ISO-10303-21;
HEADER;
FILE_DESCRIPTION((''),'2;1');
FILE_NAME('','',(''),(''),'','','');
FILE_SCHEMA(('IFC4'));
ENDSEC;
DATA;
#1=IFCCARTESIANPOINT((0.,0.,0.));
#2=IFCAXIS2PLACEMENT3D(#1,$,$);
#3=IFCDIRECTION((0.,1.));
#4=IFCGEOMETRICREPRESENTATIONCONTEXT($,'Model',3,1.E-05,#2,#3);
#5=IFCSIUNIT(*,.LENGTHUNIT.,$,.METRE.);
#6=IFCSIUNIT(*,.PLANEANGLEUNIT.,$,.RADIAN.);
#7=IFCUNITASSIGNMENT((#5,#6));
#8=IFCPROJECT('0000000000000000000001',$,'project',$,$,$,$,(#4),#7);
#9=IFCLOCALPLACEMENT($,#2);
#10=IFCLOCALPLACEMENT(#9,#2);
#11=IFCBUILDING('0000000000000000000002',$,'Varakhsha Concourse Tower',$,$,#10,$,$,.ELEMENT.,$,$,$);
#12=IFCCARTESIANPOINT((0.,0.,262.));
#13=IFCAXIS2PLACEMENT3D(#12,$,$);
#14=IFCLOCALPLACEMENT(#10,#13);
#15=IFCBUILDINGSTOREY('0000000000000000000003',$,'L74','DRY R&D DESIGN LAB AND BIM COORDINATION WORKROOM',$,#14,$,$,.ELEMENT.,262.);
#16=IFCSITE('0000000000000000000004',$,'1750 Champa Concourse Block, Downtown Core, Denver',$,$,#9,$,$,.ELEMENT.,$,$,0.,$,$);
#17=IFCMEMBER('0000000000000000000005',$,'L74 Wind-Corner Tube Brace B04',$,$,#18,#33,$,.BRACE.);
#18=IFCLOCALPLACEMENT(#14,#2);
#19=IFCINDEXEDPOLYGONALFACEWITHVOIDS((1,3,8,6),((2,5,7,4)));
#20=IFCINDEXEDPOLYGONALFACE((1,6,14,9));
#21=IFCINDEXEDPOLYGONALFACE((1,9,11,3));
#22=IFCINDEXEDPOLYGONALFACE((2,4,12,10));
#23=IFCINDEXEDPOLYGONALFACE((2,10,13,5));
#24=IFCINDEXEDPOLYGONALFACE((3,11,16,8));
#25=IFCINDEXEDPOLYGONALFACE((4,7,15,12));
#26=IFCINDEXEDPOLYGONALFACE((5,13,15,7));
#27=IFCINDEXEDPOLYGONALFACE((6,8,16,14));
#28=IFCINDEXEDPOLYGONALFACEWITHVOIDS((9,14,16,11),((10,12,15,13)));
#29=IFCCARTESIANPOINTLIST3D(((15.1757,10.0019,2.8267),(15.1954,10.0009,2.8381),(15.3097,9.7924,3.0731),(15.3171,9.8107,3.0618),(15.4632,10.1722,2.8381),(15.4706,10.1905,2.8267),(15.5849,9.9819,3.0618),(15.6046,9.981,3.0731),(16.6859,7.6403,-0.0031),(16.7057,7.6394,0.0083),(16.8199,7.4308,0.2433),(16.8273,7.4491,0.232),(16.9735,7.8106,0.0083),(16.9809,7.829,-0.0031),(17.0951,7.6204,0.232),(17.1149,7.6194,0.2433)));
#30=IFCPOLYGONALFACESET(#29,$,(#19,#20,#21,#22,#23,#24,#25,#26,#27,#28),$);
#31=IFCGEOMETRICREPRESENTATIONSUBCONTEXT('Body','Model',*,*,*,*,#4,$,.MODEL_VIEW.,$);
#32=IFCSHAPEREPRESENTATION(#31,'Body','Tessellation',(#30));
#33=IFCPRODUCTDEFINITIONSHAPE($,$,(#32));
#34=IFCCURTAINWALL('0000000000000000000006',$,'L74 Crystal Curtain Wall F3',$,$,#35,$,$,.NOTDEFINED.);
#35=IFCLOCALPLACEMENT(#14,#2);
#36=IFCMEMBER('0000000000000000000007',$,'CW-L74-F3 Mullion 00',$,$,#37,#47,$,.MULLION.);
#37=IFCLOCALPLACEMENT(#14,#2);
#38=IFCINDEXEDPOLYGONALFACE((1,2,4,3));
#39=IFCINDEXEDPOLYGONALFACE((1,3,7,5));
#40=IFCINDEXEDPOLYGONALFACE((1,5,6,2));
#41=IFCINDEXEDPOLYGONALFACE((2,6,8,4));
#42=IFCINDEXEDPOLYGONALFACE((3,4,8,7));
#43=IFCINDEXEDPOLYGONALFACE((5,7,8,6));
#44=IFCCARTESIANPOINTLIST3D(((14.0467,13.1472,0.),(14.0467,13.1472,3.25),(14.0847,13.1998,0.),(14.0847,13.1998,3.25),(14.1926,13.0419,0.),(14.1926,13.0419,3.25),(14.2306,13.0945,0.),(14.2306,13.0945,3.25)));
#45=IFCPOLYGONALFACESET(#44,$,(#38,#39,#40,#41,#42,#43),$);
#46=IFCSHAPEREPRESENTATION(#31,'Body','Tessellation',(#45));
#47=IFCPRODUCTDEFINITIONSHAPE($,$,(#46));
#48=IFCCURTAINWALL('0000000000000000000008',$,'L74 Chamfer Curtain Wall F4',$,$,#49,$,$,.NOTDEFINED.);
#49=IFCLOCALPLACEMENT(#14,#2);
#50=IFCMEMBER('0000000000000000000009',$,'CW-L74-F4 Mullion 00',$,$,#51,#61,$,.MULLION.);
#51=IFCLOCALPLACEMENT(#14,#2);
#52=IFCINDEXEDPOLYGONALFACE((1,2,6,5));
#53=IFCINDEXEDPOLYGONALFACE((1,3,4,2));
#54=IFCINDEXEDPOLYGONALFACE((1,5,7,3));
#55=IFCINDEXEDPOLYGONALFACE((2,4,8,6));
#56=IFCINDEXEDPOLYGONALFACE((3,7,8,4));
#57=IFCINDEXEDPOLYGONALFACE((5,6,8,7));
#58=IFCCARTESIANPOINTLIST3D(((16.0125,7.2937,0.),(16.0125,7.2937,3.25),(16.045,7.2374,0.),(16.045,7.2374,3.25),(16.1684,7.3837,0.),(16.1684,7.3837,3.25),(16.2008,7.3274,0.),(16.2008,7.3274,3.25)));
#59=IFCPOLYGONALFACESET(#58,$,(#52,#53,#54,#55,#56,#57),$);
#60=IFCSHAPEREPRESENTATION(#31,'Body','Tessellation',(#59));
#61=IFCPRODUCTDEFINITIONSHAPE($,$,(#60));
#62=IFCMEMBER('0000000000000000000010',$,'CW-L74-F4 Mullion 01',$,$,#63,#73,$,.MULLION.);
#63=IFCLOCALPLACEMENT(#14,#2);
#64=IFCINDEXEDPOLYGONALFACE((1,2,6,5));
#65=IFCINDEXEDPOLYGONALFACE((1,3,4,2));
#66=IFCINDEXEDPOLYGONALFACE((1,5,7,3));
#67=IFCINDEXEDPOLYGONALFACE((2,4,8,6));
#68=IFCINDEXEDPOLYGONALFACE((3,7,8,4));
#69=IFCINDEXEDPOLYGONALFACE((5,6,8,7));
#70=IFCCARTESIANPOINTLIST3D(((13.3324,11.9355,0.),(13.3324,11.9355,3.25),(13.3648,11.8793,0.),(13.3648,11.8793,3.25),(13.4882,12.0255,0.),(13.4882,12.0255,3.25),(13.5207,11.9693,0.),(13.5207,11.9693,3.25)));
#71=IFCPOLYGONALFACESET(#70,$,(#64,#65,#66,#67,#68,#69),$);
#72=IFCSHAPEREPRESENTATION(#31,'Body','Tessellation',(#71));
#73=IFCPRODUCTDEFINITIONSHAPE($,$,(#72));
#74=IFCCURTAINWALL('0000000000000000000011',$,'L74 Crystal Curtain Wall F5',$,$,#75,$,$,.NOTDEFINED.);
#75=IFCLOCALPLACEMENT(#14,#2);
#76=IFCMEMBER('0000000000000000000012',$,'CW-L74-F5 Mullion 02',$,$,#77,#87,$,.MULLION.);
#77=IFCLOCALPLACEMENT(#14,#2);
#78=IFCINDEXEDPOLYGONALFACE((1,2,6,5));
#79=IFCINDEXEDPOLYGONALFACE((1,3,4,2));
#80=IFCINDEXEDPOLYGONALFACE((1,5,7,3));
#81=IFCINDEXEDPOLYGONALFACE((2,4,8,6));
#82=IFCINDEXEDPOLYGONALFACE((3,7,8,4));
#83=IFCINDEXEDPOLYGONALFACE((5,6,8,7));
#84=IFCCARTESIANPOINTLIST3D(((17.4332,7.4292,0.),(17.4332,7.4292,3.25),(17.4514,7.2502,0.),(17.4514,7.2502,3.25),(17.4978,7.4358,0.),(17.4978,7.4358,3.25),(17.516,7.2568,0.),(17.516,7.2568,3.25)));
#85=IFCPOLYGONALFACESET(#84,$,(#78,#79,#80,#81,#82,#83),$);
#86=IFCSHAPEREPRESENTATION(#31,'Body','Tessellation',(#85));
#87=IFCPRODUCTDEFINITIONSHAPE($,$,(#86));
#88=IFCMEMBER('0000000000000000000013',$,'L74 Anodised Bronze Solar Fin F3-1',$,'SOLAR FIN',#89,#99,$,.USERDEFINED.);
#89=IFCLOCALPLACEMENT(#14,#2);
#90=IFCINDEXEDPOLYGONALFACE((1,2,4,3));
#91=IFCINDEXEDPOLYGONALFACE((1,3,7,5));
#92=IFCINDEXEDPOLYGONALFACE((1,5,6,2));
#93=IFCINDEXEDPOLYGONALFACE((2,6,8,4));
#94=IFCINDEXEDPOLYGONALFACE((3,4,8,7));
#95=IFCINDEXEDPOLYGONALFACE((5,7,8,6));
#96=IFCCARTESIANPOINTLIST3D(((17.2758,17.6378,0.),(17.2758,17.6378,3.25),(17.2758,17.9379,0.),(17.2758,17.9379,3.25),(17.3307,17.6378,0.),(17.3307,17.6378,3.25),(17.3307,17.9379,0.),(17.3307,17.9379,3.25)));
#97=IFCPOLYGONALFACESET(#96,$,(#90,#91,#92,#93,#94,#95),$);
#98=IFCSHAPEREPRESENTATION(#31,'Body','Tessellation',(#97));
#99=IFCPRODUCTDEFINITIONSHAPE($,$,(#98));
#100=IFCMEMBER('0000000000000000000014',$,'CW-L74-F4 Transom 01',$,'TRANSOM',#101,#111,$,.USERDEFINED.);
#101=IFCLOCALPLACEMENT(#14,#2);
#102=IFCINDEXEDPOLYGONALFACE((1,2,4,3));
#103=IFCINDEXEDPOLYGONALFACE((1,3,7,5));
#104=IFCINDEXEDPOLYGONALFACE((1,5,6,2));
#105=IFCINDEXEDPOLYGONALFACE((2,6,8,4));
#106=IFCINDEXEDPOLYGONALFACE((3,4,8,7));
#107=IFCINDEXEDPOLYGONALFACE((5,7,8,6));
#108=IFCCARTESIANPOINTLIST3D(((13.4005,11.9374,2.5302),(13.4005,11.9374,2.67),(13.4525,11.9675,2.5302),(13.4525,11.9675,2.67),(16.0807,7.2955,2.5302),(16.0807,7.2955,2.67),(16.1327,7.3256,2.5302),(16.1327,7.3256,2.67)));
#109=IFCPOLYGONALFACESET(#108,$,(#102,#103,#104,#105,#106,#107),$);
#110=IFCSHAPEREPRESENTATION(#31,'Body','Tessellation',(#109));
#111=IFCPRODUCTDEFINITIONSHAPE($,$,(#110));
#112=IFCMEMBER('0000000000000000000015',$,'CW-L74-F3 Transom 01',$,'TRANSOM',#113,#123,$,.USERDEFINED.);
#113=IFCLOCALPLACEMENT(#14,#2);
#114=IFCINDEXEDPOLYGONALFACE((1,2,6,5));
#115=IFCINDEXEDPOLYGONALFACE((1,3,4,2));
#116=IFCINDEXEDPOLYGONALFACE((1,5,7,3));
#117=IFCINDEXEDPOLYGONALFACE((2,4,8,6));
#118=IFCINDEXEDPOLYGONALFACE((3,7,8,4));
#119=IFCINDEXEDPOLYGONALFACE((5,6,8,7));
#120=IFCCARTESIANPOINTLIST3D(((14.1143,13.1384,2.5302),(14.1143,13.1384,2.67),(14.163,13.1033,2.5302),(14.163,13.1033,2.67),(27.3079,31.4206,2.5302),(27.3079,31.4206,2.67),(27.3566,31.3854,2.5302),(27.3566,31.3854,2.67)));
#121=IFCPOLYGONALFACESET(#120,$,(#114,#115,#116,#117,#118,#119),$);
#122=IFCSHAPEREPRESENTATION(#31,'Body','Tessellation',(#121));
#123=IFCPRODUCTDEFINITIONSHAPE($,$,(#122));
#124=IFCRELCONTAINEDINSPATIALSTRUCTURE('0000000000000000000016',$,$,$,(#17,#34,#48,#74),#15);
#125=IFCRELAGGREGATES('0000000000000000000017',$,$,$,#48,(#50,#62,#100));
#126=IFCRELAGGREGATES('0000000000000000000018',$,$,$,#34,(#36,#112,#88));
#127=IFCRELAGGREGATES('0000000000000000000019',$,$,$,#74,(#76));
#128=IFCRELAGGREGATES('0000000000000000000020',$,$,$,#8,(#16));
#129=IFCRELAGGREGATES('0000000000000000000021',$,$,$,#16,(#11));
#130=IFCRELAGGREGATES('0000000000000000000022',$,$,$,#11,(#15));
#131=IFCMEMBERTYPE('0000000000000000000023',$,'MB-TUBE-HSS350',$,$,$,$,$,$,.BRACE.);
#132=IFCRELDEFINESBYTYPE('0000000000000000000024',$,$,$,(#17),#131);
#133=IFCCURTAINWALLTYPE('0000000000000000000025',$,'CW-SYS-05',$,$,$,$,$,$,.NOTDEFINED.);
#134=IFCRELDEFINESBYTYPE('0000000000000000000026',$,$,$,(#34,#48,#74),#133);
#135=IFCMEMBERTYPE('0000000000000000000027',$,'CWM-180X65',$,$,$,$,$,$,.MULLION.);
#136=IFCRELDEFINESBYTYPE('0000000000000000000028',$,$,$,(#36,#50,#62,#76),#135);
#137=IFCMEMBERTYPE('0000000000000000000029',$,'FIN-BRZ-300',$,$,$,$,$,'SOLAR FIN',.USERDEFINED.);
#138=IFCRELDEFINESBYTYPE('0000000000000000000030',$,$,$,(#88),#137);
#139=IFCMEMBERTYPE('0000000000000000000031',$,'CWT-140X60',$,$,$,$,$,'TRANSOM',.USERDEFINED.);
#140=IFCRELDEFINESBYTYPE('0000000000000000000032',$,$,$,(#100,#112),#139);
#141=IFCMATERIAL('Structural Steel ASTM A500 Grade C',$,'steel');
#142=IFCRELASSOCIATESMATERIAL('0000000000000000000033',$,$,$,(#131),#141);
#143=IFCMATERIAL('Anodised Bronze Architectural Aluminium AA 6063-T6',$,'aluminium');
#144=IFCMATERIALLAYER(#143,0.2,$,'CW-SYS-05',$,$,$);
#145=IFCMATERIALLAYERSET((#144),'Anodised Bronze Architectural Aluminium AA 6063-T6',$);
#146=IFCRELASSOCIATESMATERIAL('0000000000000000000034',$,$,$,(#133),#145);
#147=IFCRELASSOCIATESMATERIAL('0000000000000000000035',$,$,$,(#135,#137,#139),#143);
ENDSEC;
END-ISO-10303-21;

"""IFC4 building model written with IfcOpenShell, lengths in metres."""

from ifc_helpers import new_model, si_unit, direction, frame, origin, origin_2d, place, context, subcontext, project, spatial, rectangle, hollow_rectangle, extrude, source, transform, mapped, material, layer, layer_set, material_profile, profile_set, type_object, type_shapes, element, aggregate, save


model = new_model("IFC4")

# Units and contexts
model_context = context("Model", 3, precision=1e-05, world=origin(), true_north=direction((0.0, 1.0)))
body_context = subcontext(model_context, "Body", "Model", "MODEL_VIEW")
ifc_project = project(units=[si_unit("LENGTHUNIT", "METRE"), si_unit("PLANEANGLEUNIT", "RADIAN")], contexts=[model_context])

# Site, building, storey
site_placement = place(None, origin())
site = spatial("IfcSite", under=ifc_project, at=site_placement, Name="1750 Champa Concourse Block, Downtown Core, Denver", CompositionType="ELEMENT", RefElevation=0.0)
building_placement = place(site_placement, origin())
building = spatial("IfcBuilding", under=site, at=building_placement, Name="Varakhsha Concourse Tower", CompositionType="ELEMENT")
storey_placement = place(building_placement, frame((0.0, 0.0, 262.0)))
storey = spatial("IfcBuildingStorey", under=building, at=storey_placement, Name="L74", Description="DRY R&D DESIGN LAB AND BIM COORDINATION WORKROOM", CompositionType="ELEMENT", Elevation=262.0)

# Member
ifc_material_1 = material(Name="Structural Steel ASTM A500 Grade C", Category="steel")
ifc_material_profile_1 = material_profile(ifc_material_1, hollow_rectangle(XDim=0.3501, YDim=0.3501, WallThickness=0.0161, at=origin_2d()), Name="HSS 350x350x16")
ifc_profile_set_1 = profile_set([ifc_material_profile_1], Name="Structural Steel ASTM A500 Grade C")
member_type_1 = type_object("IfcMemberType", Name="MB-TUBE-HSS350", PredefinedType="BRACE", material=ifc_profile_set_1)
shared_shape_1 = source(origin(), body_context, "Body", "SweptSolid", [
    extrude(hollow_rectangle(XDim=0.3501, YDim=0.3501, WallThickness=0.0161, at=origin_2d()), origin(), (0.0, 0.0, 1.0), 3.9832),
])
type_shapes(member_type_1, [shared_shape_1])
for number, where, z_axis, x_axis, name in (
    (1, (16.9004, 7.6299, 0.1201), (-0.379156, 0.592884, 0.710443), (-0.842458, -0.538762, 0.0), "L74 Wind-Corner Tube Brace B04"),
):
    element("IfcMember", number, at=place(storey_placement, frame(where, z_axis=z_axis, x_axis=x_axis)), inside=storey, type_object=member_type_1, Name=name, PredefinedType="BRACE", context=body_context, shape_type="MappedRepresentation", body=[
        mapped(shared_shape_1, transform((0.0, 0.0, 0.0), scale=1.0)),
    ])

# Curtain wall, member
ifc_material_2 = material(Name="Anodised Bronze Architectural Aluminium AA 6063-T6", Category="aluminium")
ifc_layer_1 = layer(ifc_material_2, 0.2, Name="CW-SYS-05")
ifc_layer_set_1 = layer_set([ifc_layer_1], Name="Anodised Bronze Architectural Aluminium AA 6063-T6")
curtain_wall_type = type_object("IfcCurtainWallType", Name="CW-SYS-05", PredefinedType="NOTDEFINED", material=ifc_layer_set_1)
curtain_wall_1_placement = place(storey_placement, origin())
curtain_wall_1 = element("IfcCurtainWall", 2, at=curtain_wall_1_placement, inside=storey, type_object=curtain_wall_type, Name="L74 Crystal Curtain Wall F3", PredefinedType="NOTDEFINED")
ifc_material_profile_2 = material_profile(ifc_material_2, rectangle(XDim=0.0649, YDim=0.1799, at=origin_2d()), Name="CWM-180X65")
ifc_profile_set_2 = profile_set([ifc_material_profile_2], Name="Anodised Bronze Architectural Aluminium AA 6063-T6")
member_type_2 = type_object("IfcMemberType", Name="CWM-180X65", PredefinedType="MULLION", material=ifc_profile_set_2)
shared_shape_2 = source(origin(), body_context, "Body", "SweptSolid", [
    extrude(rectangle(XDim=0.0649, YDim=0.1799, at=origin_2d()), origin(), (0.0, 0.0, 1.0), 3.25),
])
type_shapes(member_type_2, [shared_shape_2])
member_1_placement = place(storey_placement, frame((14.1387, 13.1208, 0.0), z_axis=(0.0, 0.0, 1.0), x_axis=(0.585188, 0.810897, 0.0)))
member_1 = element("IfcMember", 3, at=member_1_placement, type_object=member_type_2, Name="CW-L74-F3 Mullion 00", PredefinedType="MULLION", context=body_context, shape_type="MappedRepresentation", body=[
    mapped(shared_shape_2, transform((0.0, 0.0, 0.0), scale=1.0)),
])

# Curtain wall, members
curtain_wall_2_placement = place(storey_placement, origin())
curtain_wall_2 = element("IfcCurtainWall", 4, at=curtain_wall_2_placement, inside=storey, type_object=curtain_wall_type, Name="L74 Chamfer Curtain Wall F4", PredefinedType="NOTDEFINED")
member_2_placement = place(storey_placement, frame((16.1067, 7.3105, 0.0), z_axis=(0.0, 0.0, 1.0), x_axis=(-0.5, 0.866025, 0.0)))
member_2 = element("IfcMember", 5, at=member_2_placement, type_object=member_type_2, Name="CW-L74-F4 Mullion 00", PredefinedType="MULLION", context=body_context, shape_type="MappedRepresentation", body=[
    mapped(shared_shape_2, transform((0.0, 0.0, 0.0), scale=1.0)),
])
member_3_placement = place(storey_placement, frame((13.4265, 11.9524, 0.0), z_axis=(0.0, 0.0, 1.0), x_axis=(-0.5, 0.866025, 0.0)))
member_3 = element("IfcMember", 6, at=member_3_placement, type_object=member_type_2, Name="CW-L74-F4 Mullion 01", PredefinedType="MULLION", context=body_context, shape_type="MappedRepresentation", body=[
    mapped(shared_shape_2, transform((0.0, 0.0, 0.0), scale=1.0)),
])

# Curtain wall, member
curtain_wall_3_placement = place(storey_placement, origin())
curtain_wall_3 = element("IfcCurtainWall", 7, at=curtain_wall_3_placement, inside=storey, type_object=curtain_wall_type, Name="L74 Crystal Curtain Wall F5", PredefinedType="NOTDEFINED")
member_4_placement = place(storey_placement, frame((17.4746, 7.343, 0.0), z_axis=(0.0, 0.0, 1.0), x_axis=(-0.994852, -0.101336, 0.0)))
member_4 = element("IfcMember", 8, at=member_4_placement, type_object=member_type_2, Name="CW-L74-F5 Mullion 02", PredefinedType="MULLION", context=body_context, shape_type="MappedRepresentation", body=[
    mapped(shared_shape_2, transform((0.0, 0.0, 0.0), scale=1.0)),
])

# Members
ifc_material_profile_3 = material_profile(ifc_material_2, rectangle(XDim=0.0549, YDim=0.3, at=origin_2d()), Name="FIN-BRZ-300")
ifc_profile_set_3 = profile_set([ifc_material_profile_3], Name="Anodised Bronze Architectural Aluminium AA 6063-T6")
member_type_3 = type_object("IfcMemberType", Name="FIN-BRZ-300", ElementType="SOLAR FIN", PredefinedType="USERDEFINED", material=ifc_profile_set_3)
shared_shape_3 = source(origin(), body_context, "Body", "SweptSolid", [
    extrude(rectangle(XDim=0.0549, YDim=0.3, at=origin_2d()), origin(), (0.0, 0.0, 1.0), 3.25),
])
type_shapes(member_type_3, [shared_shape_3])
member_5_placement = place(storey_placement, frame((17.3032, 17.7878, 0.0), z_axis=(0.0, 0.0, 1.0), x_axis=(1.0, 0.0, 0.0)))
member_5 = element("IfcMember", 9, at=member_5_placement, type_object=member_type_3, Name="L74 Anodised Bronze Solar Fin F3-1", ObjectType="SOLAR FIN", PredefinedType="USERDEFINED", context=body_context, shape_type="MappedRepresentation", body=[
    mapped(shared_shape_3, transform((0.0, 0.0, 0.0), scale=1.0)),
])
ifc_material_profile_4 = material_profile(ifc_material_2, rectangle(XDim=0.0601, YDim=0.1399, at=origin_2d()), Name="CWT-140X60")
ifc_profile_set_4 = profile_set([ifc_material_profile_4], Name="Anodised Bronze Architectural Aluminium AA 6063-T6")
member_type_4 = type_object("IfcMemberType", Name="CWT-140X60", ElementType="TRANSOM", PredefinedType="USERDEFINED", material=ifc_profile_set_4)
shared_shape_4 = source(origin(), body_context, "Body", "SweptSolid", [
    extrude(rectangle(XDim=0.0601, YDim=0.1399, at=origin_2d()), origin(), (0.0, 0.0, 1.0), 5.3601),
])
member_6_placement = place(storey_placement, frame((16.1067, 7.3105, 2.6001), z_axis=(-0.500029, 0.866009, 0.0), x_axis=(-0.866009, -0.500029, 0.0)))
member_6 = element("IfcMember", 10, at=member_6_placement, type_object=member_type_4, Name="CW-L74-F4 Transom 01", ObjectType="TRANSOM", PredefinedType="USERDEFINED", context=body_context, shape_type="MappedRepresentation", body=[
    mapped(shared_shape_4, transform((0.0, 0.0, 0.0), scale=1.0)),
])
shared_shape_5 = source(origin(), body_context, "Body", "SweptSolid", [
    extrude(rectangle(XDim=0.0601, YDim=0.1399, at=origin_2d()), origin(), (0.0, 0.0, 1.0), 22.5457),
])
type_shapes(member_type_4, [shared_shape_4, shared_shape_5])
member_7_placement = place(storey_placement, frame((14.1387, 13.1208, 2.6001), z_axis=(0.585192, 0.810894, 0.0), x_axis=(-0.810894, 0.585192, 0.0)))
member_7 = element("IfcMember", 11, at=member_7_placement, type_object=member_type_4, Name="CW-L74-F3 Transom 01", ObjectType="TRANSOM", PredefinedType="USERDEFINED", context=body_context, shape_type="MappedRepresentation", body=[
    mapped(shared_shape_5, transform((0.0, 0.0, 0.0), scale=1.0)),
])

aggregate(curtain_wall_2, [member_2, member_3, member_6])
aggregate(curtain_wall_1, [member_1, member_7, member_5])
aggregate(curtain_wall_3, [member_4])

save(model, "model.ifc")
